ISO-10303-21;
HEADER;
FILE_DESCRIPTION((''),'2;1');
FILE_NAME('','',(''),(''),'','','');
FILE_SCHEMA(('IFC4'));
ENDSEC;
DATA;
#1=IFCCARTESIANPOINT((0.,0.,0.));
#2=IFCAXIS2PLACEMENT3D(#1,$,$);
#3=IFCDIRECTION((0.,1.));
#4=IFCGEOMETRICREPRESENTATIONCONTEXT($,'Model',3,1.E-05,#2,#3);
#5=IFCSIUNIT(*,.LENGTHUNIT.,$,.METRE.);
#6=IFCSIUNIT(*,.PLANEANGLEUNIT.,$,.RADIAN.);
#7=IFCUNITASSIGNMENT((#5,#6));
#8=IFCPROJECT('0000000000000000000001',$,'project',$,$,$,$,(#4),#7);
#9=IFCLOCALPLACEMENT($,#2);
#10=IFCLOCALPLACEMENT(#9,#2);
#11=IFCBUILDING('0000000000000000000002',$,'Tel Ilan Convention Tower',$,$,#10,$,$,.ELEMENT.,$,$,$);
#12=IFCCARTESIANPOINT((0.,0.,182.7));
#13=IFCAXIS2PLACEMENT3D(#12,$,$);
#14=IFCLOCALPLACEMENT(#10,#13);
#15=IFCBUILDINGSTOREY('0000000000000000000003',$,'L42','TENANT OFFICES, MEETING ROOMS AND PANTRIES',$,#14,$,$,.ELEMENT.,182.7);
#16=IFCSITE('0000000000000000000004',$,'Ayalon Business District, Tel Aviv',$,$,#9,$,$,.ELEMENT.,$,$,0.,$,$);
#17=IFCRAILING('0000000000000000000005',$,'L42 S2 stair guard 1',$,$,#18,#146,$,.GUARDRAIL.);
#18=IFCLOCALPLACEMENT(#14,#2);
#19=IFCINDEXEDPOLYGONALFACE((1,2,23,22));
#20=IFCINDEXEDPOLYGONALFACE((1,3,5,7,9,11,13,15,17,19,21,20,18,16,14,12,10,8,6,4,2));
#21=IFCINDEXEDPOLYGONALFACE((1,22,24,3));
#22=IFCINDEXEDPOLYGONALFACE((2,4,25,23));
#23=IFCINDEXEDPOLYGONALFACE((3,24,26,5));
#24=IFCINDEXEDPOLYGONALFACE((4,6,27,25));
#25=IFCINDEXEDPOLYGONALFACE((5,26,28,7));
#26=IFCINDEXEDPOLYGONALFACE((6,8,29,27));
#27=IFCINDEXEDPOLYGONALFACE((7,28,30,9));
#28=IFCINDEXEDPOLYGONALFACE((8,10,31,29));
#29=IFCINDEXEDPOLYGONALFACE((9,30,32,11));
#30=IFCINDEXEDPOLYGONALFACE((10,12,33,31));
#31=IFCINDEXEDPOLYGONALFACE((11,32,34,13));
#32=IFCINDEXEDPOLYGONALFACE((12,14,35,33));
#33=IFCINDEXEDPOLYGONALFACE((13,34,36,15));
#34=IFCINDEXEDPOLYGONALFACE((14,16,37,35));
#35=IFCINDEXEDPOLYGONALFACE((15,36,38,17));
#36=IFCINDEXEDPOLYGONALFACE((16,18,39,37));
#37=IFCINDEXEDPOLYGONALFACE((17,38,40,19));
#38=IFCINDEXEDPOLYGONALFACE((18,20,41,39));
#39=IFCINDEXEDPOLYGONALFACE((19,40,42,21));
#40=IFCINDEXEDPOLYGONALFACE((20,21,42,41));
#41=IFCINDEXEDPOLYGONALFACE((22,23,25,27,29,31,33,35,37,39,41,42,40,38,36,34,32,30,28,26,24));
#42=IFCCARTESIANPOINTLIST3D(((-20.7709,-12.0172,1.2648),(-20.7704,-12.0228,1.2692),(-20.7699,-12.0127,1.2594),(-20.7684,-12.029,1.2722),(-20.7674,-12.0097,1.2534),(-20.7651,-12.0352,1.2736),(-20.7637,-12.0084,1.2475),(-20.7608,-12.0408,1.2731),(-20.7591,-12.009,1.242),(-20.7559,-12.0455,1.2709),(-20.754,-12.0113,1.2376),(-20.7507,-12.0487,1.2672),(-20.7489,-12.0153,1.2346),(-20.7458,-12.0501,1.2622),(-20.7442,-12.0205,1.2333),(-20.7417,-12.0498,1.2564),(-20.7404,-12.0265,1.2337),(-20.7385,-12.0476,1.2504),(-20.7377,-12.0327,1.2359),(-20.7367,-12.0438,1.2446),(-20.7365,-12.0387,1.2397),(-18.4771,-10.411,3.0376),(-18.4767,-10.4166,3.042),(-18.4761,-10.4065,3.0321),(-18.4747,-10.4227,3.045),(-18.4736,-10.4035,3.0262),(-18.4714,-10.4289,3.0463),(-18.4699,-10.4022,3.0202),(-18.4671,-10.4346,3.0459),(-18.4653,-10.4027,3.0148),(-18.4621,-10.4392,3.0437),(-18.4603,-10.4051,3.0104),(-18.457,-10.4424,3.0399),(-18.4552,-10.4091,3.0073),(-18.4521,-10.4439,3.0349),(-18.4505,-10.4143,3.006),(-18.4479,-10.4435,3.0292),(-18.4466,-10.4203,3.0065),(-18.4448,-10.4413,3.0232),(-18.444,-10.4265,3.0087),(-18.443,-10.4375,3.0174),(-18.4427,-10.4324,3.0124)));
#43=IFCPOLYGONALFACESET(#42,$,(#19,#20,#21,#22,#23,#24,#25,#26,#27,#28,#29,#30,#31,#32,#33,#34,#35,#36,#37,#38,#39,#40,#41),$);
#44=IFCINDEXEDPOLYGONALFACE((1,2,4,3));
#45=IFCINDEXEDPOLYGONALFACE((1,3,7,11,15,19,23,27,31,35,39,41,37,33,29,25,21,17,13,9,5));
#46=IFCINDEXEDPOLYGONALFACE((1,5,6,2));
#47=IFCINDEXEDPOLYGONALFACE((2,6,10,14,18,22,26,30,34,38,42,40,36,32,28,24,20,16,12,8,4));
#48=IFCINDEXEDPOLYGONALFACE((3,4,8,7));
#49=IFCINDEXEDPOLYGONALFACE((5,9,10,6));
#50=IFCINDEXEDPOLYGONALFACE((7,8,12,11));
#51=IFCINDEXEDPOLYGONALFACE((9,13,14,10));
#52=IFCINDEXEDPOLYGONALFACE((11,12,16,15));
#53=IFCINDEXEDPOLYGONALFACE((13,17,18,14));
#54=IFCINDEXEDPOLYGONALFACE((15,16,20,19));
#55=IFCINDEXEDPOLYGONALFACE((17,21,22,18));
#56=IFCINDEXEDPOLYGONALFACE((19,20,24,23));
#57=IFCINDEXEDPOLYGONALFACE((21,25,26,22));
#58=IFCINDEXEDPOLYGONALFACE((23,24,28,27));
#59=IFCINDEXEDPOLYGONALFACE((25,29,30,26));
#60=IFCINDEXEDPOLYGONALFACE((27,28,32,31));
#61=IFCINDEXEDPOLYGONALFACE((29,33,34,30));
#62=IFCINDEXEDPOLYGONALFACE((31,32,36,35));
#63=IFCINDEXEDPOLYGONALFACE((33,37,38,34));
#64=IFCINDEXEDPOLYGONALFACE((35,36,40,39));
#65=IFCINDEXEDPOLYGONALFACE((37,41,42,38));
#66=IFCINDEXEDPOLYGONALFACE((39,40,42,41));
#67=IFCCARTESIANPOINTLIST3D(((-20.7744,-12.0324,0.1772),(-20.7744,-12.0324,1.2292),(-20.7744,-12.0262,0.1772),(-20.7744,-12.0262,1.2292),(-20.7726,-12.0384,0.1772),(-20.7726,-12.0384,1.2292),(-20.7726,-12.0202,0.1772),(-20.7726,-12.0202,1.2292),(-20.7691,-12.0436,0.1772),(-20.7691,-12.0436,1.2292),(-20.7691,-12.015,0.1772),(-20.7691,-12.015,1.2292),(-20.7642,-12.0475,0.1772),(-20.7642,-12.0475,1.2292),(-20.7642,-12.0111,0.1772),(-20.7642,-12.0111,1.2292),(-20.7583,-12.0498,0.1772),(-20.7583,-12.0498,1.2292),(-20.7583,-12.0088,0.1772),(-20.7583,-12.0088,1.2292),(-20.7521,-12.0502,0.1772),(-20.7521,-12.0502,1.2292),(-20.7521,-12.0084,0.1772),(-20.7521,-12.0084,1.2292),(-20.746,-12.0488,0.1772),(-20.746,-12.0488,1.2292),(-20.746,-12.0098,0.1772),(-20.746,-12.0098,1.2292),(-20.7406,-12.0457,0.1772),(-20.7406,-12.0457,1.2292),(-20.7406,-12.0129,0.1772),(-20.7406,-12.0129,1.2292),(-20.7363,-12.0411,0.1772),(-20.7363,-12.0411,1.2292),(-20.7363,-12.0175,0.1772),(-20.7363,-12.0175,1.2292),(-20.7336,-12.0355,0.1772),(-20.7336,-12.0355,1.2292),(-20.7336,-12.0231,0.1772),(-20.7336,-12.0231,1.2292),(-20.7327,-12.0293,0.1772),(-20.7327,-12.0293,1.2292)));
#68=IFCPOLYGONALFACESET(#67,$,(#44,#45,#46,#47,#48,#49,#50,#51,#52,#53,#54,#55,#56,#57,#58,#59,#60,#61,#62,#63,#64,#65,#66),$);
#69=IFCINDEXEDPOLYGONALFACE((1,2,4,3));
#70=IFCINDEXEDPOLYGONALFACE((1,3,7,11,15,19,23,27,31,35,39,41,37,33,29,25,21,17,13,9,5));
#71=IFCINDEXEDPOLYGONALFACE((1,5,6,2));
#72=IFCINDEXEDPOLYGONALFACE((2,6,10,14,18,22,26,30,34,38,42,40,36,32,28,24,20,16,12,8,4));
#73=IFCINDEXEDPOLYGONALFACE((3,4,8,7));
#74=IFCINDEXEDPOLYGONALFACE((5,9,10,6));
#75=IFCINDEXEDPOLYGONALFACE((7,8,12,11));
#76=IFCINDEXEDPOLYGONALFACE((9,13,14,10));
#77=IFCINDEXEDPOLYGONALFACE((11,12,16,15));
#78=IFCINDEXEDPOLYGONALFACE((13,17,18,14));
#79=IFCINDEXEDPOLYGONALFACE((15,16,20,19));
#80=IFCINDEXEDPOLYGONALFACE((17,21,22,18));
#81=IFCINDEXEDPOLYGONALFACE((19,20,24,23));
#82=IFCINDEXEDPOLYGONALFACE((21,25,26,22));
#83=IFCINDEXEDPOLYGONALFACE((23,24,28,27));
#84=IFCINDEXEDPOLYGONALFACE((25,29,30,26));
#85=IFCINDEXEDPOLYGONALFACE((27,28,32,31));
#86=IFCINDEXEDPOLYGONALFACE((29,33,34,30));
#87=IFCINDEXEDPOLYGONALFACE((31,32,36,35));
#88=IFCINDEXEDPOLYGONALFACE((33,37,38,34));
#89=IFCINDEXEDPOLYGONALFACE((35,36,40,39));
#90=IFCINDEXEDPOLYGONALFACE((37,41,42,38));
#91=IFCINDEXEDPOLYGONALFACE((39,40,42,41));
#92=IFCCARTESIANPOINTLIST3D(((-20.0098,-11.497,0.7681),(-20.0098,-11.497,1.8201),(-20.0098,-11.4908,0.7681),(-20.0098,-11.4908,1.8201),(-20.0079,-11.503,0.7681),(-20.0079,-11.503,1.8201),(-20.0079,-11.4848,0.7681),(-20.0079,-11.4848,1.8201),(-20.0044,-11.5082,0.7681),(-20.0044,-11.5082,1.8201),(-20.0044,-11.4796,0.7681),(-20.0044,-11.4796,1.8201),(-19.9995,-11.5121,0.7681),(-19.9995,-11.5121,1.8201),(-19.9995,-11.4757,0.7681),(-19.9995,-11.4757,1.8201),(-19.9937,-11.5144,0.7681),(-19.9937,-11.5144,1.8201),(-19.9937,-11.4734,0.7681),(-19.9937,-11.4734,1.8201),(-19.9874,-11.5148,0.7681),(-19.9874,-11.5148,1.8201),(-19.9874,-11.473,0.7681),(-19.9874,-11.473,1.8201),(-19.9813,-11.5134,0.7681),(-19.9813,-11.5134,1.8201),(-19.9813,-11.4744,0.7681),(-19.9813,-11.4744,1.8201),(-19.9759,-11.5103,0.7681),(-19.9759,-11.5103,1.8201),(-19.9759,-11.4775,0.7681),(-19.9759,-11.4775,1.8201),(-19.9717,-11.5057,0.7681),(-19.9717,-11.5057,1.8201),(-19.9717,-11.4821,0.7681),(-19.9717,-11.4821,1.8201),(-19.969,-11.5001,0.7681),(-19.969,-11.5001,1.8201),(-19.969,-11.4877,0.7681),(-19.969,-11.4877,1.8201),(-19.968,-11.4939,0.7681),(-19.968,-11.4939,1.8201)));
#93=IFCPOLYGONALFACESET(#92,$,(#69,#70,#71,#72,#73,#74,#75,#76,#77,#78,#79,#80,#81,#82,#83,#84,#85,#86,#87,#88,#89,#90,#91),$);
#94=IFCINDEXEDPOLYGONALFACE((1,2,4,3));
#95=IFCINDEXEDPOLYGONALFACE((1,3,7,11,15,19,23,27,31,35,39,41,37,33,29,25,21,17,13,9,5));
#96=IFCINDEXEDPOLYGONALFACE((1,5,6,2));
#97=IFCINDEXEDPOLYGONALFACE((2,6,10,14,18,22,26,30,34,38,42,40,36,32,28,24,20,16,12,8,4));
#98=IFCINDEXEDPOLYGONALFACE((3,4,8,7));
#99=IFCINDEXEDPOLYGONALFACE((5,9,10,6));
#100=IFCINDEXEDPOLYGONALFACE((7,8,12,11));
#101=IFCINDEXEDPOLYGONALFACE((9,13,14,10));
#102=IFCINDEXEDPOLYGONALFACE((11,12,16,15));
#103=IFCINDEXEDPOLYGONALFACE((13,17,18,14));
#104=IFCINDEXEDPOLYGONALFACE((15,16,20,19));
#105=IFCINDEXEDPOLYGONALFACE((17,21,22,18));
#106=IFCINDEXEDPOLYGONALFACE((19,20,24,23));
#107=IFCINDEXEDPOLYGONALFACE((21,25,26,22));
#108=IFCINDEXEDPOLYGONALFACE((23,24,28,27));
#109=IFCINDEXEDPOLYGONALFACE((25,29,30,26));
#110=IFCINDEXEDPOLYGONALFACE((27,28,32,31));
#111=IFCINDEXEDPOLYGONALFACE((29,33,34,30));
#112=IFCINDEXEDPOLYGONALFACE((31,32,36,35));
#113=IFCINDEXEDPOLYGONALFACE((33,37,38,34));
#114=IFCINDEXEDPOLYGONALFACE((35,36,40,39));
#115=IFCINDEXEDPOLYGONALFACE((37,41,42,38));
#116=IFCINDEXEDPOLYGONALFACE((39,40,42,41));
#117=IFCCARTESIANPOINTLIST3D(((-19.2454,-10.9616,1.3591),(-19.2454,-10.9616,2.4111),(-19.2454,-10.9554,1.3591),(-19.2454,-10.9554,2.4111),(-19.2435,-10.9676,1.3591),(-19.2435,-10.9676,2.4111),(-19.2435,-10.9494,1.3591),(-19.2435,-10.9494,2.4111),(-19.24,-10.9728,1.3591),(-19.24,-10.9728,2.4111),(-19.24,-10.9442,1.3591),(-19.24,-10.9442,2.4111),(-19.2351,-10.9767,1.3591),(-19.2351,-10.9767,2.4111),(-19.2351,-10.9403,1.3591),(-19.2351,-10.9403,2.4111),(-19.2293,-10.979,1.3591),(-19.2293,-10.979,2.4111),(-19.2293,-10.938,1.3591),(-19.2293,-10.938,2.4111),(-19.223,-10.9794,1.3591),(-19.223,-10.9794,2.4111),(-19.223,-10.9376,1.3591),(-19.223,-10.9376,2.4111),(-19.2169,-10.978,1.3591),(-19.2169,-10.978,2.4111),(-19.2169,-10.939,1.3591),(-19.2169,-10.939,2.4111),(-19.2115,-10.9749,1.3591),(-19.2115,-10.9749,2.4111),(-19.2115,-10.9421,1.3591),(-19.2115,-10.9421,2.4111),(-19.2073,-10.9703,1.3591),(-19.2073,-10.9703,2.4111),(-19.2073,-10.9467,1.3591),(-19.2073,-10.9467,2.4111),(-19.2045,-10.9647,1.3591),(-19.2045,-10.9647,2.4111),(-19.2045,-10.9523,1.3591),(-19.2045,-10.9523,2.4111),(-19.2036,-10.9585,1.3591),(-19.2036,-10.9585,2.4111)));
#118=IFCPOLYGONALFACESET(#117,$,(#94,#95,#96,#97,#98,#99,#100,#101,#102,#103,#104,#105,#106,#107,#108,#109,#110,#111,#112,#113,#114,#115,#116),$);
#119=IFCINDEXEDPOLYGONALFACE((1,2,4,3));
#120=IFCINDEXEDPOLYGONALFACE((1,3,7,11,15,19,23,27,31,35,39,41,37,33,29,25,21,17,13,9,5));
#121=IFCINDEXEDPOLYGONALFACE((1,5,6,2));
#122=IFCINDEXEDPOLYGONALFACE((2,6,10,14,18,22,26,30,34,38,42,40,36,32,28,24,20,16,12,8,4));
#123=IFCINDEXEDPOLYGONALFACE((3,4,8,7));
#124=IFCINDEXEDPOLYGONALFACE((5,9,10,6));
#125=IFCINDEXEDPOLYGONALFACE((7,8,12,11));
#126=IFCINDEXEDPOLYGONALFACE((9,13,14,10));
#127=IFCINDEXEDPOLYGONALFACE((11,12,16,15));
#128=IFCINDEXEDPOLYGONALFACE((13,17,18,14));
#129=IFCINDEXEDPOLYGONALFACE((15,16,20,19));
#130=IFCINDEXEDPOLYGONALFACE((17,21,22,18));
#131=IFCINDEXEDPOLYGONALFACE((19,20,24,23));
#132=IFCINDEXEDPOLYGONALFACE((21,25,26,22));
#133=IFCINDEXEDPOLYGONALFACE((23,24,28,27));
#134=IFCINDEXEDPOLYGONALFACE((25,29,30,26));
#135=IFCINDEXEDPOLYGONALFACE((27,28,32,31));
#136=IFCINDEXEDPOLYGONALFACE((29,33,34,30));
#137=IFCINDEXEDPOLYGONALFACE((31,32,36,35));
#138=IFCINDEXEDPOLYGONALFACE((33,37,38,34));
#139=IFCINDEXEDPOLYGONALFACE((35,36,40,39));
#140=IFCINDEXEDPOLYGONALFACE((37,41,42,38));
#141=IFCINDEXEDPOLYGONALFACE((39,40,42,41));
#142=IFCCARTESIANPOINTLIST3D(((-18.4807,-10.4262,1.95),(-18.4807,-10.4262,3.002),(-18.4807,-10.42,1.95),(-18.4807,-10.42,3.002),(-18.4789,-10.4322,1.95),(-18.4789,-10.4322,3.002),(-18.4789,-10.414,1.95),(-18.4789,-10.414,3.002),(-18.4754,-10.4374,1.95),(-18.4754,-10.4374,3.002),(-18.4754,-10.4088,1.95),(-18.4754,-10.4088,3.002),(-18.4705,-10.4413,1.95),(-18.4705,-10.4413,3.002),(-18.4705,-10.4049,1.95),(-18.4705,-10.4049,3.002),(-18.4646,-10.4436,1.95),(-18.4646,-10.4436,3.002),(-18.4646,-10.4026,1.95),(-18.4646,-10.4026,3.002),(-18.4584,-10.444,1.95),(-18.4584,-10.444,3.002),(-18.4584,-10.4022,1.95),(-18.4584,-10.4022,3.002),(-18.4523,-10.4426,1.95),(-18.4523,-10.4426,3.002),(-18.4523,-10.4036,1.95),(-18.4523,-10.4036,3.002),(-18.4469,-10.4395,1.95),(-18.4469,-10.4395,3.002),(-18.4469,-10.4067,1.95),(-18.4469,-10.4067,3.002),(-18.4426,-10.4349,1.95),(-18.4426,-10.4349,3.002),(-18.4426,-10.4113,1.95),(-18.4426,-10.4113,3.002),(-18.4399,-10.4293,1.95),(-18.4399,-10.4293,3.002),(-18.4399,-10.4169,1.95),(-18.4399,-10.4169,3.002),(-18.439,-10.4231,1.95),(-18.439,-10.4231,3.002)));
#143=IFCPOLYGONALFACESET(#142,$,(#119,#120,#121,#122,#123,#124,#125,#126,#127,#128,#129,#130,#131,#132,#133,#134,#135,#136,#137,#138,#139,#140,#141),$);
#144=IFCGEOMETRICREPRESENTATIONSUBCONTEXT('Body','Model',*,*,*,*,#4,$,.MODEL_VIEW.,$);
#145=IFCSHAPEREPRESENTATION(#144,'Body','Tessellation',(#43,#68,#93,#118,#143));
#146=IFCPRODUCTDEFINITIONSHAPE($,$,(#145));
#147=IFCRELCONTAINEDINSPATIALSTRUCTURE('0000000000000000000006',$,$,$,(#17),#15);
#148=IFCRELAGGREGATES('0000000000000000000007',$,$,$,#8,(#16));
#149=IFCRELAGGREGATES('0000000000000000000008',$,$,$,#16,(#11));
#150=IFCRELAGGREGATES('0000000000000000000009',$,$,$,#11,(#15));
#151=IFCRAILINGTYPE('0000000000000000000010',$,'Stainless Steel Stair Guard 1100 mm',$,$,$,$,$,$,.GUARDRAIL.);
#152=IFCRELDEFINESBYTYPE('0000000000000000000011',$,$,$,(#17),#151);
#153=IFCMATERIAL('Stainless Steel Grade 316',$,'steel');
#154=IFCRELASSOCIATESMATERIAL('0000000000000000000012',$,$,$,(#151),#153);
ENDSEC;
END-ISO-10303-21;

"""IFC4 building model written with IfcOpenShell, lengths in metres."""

from ifc_helpers import new_model, si_unit, direction, frame, origin, origin_2d, place, context, subcontext, project, spatial, circle, extrude, material, type_object, element, save


model = new_model("IFC4")

# Units and contexts
model_context = context("Model", 3, precision=1e-05, world=origin(), true_north=direction((0.0, 1.0)))
body_context = subcontext(model_context, "Body", "Model", "MODEL_VIEW")
ifc_project = project(units=[si_unit("LENGTHUNIT", "METRE"), si_unit("PLANEANGLEUNIT", "RADIAN")], contexts=[model_context])

# Site, building, storey
site_placement = place(None, origin())
site = spatial("IfcSite", under=ifc_project, at=site_placement, Name="Ayalon Business District, Tel Aviv", CompositionType="ELEMENT", RefElevation=0.0)
building_placement = place(site_placement, origin())
building = spatial("IfcBuilding", under=site, at=building_placement, Name="Tel Ilan Convention Tower", CompositionType="ELEMENT")
storey_placement = place(building_placement, frame((0.0, 0.0, 182.7)))
storey = spatial("IfcBuildingStorey", under=building, at=storey_placement, Name="L42", Description="TENANT OFFICES, MEETING ROOMS AND PANTRIES", CompositionType="ELEMENT", Elevation=182.7)

# Railing
ifc_material_1 = material(Name="Stainless Steel Grade 316", Category="steel")
railing_type_1 = type_object("IfcRailingType", Name="Stainless Steel Stair Guard 1100 mm", PredefinedType="GUARDRAIL", material=ifc_material_1)
railing_1_placement = place(storey_placement, frame((-20.7537, -12.0293, 0.1772)))
element("IfcRailing", 1, at=railing_1_placement, inside=storey, type_object=railing_type_1, Name="L42 S2 stair guard 1", PredefinedType="GUARDRAIL", context=body_context, shape_type="SweptSolid", body=[
    extrude(circle(Radius=0.0239, at=origin_2d()), frame((0.0, 0.0, 1.0762), z_axis=(0.692098, 0.484653, 0.534894), x_axis=(-0.573609, 0.81913, 0.0)), (0.0, 0.0, 1.0), 3.3142),
    extrude(circle(Radius=0.021, at=origin_2d()), origin(), (0.0, 0.0, 1.0), 1.052),
    extrude(circle(Radius=0.021, at=origin_2d()), frame((0.7646, 0.5354, 0.5908)), (0.0, 0.0, 1.0), 1.052),
    extrude(circle(Radius=0.021, at=origin_2d()), frame((1.5291, 1.0708, 1.1819)), (0.0, 0.0, 1.0), 1.052),
    extrude(circle(Radius=0.021, at=origin_2d()), frame((2.2937, 1.6062, 1.7727)), (0.0, 0.0, 1.0), 1.052),
])

save(model, "model.ifc")
